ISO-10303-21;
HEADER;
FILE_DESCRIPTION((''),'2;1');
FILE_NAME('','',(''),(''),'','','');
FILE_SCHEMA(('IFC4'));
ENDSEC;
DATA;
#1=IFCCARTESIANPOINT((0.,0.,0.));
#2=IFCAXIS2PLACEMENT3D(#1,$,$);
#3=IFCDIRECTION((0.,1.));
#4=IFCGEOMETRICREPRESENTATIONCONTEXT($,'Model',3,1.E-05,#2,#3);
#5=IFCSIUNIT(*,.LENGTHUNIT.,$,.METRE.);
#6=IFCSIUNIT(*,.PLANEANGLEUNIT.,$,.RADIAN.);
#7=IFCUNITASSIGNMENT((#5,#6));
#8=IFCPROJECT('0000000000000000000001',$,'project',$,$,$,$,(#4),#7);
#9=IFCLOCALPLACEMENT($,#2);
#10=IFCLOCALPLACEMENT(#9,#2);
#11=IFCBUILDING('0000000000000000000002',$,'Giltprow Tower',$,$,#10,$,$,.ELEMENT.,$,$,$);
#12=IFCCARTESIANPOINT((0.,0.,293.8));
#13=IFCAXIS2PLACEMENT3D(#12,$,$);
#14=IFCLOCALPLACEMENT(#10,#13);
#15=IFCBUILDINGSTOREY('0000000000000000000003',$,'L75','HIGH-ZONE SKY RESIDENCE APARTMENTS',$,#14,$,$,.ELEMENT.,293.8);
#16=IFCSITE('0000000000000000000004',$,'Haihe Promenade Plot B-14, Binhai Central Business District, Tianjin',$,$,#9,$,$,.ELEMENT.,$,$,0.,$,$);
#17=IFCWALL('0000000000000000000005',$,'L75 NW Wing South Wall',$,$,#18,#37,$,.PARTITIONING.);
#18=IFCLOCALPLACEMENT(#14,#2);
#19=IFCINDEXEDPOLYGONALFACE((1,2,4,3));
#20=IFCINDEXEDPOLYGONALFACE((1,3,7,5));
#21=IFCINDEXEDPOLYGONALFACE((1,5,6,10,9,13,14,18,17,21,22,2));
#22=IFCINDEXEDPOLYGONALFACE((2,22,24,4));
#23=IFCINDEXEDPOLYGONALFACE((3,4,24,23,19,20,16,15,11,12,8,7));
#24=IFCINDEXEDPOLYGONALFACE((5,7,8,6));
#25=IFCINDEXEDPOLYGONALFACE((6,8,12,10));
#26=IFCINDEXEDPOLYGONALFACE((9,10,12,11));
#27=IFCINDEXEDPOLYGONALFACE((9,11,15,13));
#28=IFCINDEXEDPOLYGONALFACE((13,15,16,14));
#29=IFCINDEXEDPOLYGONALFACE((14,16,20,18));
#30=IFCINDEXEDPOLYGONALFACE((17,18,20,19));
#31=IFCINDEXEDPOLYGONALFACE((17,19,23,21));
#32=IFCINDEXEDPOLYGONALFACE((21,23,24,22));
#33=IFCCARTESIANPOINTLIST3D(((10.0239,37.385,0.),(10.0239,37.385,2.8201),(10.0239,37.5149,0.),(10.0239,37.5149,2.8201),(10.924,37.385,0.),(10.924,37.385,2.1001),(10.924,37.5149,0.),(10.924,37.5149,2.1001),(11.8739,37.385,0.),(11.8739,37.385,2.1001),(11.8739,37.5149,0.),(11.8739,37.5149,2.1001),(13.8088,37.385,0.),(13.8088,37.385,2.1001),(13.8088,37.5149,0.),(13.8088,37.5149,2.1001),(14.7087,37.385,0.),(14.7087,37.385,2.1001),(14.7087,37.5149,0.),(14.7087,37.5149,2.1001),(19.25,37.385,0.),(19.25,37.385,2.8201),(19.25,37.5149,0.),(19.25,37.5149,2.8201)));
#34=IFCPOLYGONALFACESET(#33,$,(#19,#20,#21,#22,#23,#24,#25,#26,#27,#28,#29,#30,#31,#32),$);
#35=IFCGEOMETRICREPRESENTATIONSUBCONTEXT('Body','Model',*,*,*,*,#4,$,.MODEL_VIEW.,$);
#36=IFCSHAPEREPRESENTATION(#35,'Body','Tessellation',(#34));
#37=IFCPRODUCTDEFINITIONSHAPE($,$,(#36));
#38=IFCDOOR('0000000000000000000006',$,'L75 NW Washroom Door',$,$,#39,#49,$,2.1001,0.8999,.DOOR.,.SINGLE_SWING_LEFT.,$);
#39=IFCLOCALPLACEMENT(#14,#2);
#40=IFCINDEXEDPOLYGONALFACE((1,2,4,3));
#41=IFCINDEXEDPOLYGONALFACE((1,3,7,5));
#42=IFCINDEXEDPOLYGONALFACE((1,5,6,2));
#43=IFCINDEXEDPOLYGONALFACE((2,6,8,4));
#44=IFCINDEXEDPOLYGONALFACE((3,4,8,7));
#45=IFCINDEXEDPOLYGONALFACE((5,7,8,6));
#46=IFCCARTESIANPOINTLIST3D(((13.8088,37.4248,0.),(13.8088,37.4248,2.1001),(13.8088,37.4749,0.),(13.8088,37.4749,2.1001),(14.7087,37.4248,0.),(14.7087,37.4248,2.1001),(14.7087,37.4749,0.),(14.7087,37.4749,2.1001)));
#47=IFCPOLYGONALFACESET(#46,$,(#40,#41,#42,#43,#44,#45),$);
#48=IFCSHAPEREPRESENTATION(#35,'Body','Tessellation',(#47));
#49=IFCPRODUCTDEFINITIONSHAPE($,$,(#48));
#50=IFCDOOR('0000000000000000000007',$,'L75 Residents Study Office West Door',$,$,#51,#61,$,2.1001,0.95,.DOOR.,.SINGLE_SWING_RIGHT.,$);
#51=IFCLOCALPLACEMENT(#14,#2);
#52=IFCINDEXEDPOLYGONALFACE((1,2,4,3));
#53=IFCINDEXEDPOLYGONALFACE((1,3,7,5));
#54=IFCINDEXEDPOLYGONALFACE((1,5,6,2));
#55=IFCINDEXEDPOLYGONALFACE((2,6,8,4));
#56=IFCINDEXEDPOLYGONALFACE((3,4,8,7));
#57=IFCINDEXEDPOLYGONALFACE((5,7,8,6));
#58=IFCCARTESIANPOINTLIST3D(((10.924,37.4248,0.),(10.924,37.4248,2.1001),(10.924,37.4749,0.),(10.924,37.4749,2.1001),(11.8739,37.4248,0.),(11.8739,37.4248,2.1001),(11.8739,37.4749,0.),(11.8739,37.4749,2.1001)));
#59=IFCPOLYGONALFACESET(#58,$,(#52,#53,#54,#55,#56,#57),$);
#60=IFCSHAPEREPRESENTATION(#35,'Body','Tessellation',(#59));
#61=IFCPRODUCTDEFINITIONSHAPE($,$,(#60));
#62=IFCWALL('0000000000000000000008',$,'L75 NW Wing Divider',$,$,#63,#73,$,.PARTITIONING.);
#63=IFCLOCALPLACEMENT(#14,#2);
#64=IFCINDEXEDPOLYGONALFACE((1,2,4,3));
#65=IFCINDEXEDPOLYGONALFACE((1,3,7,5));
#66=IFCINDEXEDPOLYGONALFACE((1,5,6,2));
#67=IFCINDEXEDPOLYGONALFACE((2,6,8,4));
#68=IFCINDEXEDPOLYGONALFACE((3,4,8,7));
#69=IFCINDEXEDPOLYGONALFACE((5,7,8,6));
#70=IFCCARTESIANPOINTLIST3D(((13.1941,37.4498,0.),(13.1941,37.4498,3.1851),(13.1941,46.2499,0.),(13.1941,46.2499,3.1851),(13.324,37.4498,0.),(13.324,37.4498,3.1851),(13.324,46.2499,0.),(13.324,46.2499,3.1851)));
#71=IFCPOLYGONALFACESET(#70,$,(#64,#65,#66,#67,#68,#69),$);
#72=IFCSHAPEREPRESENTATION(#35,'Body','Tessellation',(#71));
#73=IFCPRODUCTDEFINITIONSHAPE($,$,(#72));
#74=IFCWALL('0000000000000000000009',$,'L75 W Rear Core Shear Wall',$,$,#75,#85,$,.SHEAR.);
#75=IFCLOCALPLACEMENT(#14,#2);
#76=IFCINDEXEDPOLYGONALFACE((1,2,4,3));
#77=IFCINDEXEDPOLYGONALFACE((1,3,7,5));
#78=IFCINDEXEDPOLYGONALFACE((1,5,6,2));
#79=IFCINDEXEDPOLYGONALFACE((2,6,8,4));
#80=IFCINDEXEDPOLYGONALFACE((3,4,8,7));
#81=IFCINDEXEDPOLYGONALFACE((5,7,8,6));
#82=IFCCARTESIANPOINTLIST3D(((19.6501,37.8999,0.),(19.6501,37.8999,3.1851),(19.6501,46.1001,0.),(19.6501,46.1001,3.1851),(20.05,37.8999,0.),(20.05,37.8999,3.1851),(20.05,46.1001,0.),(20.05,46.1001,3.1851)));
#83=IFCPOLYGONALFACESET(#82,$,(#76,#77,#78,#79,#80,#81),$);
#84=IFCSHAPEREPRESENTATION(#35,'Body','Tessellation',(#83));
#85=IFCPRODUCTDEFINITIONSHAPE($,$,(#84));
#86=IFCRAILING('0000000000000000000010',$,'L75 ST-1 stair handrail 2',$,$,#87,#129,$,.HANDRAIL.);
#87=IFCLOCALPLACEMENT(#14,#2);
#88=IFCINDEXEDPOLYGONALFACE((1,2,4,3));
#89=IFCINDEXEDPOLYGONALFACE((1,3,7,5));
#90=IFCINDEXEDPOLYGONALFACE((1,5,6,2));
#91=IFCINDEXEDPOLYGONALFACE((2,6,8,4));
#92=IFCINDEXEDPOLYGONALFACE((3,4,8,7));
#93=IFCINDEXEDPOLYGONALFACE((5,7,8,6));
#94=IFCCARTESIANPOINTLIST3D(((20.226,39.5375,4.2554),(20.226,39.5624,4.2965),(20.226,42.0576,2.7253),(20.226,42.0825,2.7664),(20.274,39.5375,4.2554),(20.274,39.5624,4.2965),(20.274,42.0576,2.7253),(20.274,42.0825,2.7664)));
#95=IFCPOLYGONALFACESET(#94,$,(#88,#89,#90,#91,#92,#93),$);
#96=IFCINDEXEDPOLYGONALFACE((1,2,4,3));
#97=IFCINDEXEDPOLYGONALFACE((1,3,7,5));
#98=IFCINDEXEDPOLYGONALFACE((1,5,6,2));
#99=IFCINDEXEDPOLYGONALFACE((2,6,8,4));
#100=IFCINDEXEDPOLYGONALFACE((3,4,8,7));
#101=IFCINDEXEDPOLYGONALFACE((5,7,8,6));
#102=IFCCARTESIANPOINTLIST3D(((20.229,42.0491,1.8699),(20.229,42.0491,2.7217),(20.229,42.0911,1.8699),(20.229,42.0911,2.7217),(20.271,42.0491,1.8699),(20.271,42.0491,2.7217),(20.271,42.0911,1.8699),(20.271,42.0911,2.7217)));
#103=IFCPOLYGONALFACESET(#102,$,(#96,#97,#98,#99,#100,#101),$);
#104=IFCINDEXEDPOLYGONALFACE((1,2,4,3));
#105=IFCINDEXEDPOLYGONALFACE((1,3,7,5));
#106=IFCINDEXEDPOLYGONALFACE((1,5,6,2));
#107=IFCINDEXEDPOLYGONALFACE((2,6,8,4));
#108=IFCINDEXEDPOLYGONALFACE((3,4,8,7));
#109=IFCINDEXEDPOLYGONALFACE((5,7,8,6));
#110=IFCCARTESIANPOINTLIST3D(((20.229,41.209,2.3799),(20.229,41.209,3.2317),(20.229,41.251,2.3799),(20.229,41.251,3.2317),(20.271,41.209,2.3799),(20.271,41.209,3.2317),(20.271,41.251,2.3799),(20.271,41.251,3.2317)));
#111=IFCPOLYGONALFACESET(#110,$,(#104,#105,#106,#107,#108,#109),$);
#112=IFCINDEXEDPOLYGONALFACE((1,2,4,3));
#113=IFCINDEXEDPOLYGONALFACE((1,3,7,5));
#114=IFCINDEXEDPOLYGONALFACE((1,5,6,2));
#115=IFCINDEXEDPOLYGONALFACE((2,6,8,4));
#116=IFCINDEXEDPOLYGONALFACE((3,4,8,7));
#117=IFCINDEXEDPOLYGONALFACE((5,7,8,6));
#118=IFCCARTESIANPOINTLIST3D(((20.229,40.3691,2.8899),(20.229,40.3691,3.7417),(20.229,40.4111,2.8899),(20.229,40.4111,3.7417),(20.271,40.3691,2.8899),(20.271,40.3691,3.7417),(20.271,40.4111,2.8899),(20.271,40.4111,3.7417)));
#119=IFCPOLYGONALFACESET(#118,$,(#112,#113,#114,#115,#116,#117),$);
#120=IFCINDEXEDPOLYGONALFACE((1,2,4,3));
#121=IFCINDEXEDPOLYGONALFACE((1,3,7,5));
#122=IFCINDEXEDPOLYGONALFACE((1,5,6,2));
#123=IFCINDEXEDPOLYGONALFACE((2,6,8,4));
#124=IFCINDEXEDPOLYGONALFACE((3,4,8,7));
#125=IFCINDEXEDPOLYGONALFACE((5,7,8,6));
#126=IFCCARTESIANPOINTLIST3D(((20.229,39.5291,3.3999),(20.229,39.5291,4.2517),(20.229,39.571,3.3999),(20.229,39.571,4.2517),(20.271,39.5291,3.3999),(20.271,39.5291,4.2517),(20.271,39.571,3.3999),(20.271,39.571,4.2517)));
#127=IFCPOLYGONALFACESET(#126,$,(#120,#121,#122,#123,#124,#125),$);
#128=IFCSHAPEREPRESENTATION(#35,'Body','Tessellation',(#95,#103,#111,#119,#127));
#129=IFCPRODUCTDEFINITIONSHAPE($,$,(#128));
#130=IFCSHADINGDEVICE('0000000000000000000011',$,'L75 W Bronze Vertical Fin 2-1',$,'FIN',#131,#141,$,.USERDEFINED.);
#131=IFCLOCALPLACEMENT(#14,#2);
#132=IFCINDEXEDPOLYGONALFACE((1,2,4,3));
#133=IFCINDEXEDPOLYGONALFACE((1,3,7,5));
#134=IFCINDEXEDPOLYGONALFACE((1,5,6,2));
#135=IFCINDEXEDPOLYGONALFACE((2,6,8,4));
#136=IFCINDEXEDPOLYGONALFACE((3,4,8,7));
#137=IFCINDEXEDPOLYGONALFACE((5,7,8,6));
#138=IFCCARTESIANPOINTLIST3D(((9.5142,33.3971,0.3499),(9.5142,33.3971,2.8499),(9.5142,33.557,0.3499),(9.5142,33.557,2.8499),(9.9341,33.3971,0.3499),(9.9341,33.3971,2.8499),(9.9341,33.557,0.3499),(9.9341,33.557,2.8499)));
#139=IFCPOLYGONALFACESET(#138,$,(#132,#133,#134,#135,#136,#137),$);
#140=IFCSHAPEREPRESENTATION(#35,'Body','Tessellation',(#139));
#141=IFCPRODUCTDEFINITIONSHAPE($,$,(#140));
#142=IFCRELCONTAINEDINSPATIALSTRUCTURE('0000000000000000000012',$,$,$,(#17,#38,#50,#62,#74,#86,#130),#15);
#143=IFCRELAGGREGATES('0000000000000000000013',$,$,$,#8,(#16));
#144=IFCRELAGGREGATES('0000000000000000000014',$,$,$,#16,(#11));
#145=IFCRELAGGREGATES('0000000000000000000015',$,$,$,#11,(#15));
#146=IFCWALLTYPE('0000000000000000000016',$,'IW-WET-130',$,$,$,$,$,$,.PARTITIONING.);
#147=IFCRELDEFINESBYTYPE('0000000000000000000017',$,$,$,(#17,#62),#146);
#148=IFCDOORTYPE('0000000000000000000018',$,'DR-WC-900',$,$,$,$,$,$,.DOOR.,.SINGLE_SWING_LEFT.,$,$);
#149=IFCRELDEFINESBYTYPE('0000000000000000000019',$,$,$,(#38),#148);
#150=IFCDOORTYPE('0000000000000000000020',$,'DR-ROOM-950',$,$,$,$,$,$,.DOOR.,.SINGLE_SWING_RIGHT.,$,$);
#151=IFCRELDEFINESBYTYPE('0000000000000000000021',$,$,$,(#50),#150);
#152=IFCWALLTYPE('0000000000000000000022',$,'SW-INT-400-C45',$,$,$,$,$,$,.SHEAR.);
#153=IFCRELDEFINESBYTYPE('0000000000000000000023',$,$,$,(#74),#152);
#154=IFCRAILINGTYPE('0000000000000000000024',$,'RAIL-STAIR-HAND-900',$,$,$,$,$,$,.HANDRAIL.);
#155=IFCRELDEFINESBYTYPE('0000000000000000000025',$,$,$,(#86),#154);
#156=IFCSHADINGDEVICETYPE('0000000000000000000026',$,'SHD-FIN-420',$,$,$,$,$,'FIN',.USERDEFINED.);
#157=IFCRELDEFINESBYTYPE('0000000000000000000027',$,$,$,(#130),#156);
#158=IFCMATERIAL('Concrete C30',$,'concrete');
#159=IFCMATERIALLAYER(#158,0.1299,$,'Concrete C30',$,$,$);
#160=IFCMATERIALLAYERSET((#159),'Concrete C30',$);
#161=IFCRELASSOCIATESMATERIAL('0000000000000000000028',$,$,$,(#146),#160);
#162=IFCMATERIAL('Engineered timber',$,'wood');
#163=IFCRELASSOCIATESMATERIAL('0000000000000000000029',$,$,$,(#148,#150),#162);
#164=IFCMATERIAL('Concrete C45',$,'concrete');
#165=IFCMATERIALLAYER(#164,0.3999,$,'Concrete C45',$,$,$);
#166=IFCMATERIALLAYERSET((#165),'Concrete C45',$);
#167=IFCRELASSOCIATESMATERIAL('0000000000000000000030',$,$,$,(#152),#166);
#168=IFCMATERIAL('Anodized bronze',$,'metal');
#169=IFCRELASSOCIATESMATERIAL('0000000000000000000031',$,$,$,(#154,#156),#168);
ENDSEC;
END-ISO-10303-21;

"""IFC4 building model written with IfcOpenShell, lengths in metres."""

from ifc_helpers import new_model, si_unit, direction, frame, frame_2d, origin, origin_2d, place, context, subcontext, project, spatial, rectangle, extrude, source, transform, mapped, material, layer, layer_set, type_object, element, fill, save


model = new_model("IFC4")

# Units and contexts
model_context = context("Model", 3, precision=1e-05, world=origin(), true_north=direction((0.0, 1.0)))
body_context = subcontext(model_context, "Body", "Model", "MODEL_VIEW")
ifc_project = project(units=[si_unit("LENGTHUNIT", "METRE"), si_unit("PLANEANGLEUNIT", "RADIAN")], contexts=[model_context])

# Site, building, storey
site_placement = place(None, origin())
site = spatial("IfcSite", under=ifc_project, at=site_placement, Name="Haihe Promenade Plot B-14, Binhai Central Business District, Tianjin", CompositionType="ELEMENT", RefElevation=0.0)
building_placement = place(site_placement, origin())
building = spatial("IfcBuilding", under=site, at=building_placement, Name="Giltprow Tower", CompositionType="ELEMENT")
storey_placement = place(building_placement, frame((0.0, 0.0, 293.8)))
storey = spatial("IfcBuildingStorey", under=building, at=storey_placement, Name="L75", Description="HIGH-ZONE SKY RESIDENCE APARTMENTS", CompositionType="ELEMENT", Elevation=293.8)

# Shared definitions
ifc_material_1 = material(Name="Concrete C45", Category="concrete")

# Shared definitions
ifc_material_2 = material(Name="Engineered timber", Category="wood")

# Wall, openings, doors
ifc_material_3 = material(Name="Concrete C30", Category="concrete")
ifc_layer_1 = layer(ifc_material_3, 0.1299, Name="Concrete C30")
ifc_layer_set_1 = layer_set([ifc_layer_1], Name="Concrete C30")
wall_type_1 = type_object("IfcWallType", Name="IW-WET-130", PredefinedType="PARTITIONING", material=ifc_layer_set_1)
wall_1_placement = place(storey_placement, frame((10.0239, 37.45, 0.0), z_axis=(0.0, 0.0, 1.0), x_axis=(1.0, 0.0, 0.0)))
wall_1 = element("IfcWall", 1, at=wall_1_placement, inside=storey, type_object=wall_type_1, Name="L75 NW Wing South Wall", PredefinedType="PARTITIONING", context=body_context, shape_type="SweptSolid", body=[
    extrude(rectangle(XDim=9.2261, YDim=0.1299, at=frame_2d((4.613, 0.0))), origin(), (0.0, 0.0, 1.0), 2.8201),
])
opening_1_placement = place(wall_1_placement, frame((0.8999, 0.0, 0.0)))
opening_1 = element("IfcOpeningElement", 2, at=opening_1_placement, cuts=wall_1, PredefinedType="OPENING", context=body_context, shape_type="SweptSolid", body=[
    extrude(rectangle(XDim=0.95, YDim=2.1001, at=frame_2d((0.4751, 1.05))), frame((0.0, 0.075, 0.0), z_axis=(0.0, -1.0, 0.0), x_axis=(1.0, 0.0, 0.0)), (0.0, 0.0, 1.0), 0.1499),
])
opening_2_placement = place(wall_1_placement, frame((3.7849, 0.0, 0.0)))
opening_2 = element("IfcOpeningElement", 3, at=opening_2_placement, cuts=wall_1, PredefinedType="OPENING", context=body_context, shape_type="SweptSolid", body=[
    extrude(rectangle(XDim=0.8999, YDim=2.1001, at=frame_2d((0.45, 1.05))), frame((0.0, 0.075, 0.0), z_axis=(0.0, -1.0, 0.0), x_axis=(1.0, 0.0, 0.0)), (0.0, 0.0, 1.0), 0.1499),
])
door_type_1 = type_object("IfcDoorType", Name="DR-WC-900", OperationType="SINGLE_SWING_LEFT", PredefinedType="DOOR", material=ifc_material_2)
shared_shape_1 = source(origin(), body_context, "Body", "SweptSolid", [
    extrude(rectangle(XDim=0.8999, YDim=2.1001, at=frame_2d((0.45, 1.05))), frame((0.0, 0.0249, 0.0), z_axis=(0.0, -1.0, 0.0), x_axis=(1.0, 0.0, 0.0)), (0.0, 0.0, 1.0), 0.05),
])
door_1_placement = place(opening_2_placement, origin())
door_1 = element("IfcDoor", 4, at=door_1_placement, inside=storey, type_object=door_type_1, Name="L75 NW Washroom Door", OperationType="SINGLE_SWING_LEFT", OverallHeight=2.1001, OverallWidth=0.8999, PredefinedType="DOOR", context=body_context, shape_type="MappedRepresentation", body=[
    mapped(shared_shape_1, transform((0.0, 0.0, 0.0), x_axis=(1.0, 0.0, 0.0), y_axis=(0.0, 1.0, 0.0), z_axis=(0.0, 0.0, 1.0), scale=1.0)),
])
fill(opening_2, door_1)
door_type_2 = type_object("IfcDoorType", Name="DR-ROOM-950", OperationType="SINGLE_SWING_RIGHT", PredefinedType="DOOR", material=ifc_material_2)
shared_shape_2 = source(origin(), body_context, "Body", "SweptSolid", [
    extrude(rectangle(XDim=0.95, YDim=2.1001, at=frame_2d((0.4751, 1.05))), frame((0.0, 0.0249, 0.0), z_axis=(0.0, -1.0, 0.0), x_axis=(1.0, 0.0, 0.0)), (0.0, 0.0, 1.0), 0.05),
])
door_2_placement = place(opening_1_placement, origin())
door_2 = element("IfcDoor", 5, at=door_2_placement, inside=storey, type_object=door_type_2, Name="L75 Residents Study Office West Door", OperationType="SINGLE_SWING_RIGHT", OverallHeight=2.1001, OverallWidth=0.95, PredefinedType="DOOR", context=body_context, shape_type="MappedRepresentation", body=[
    mapped(shared_shape_2, transform((0.0, 0.0, 0.0), x_axis=(1.0, 0.0, 0.0), y_axis=(0.0, 1.0, 0.0), z_axis=(0.0, 0.0, 1.0), scale=1.0)),
])
fill(opening_1, door_2)

# Wall
wall_2_placement = place(storey_placement, frame((13.259, 37.45, 0.0), z_axis=(0.0, 0.0, 1.0), x_axis=(0.0, 1.0, 0.0)))
element("IfcWall", 6, at=wall_2_placement, inside=storey, type_object=wall_type_1, Name="L75 NW Wing Divider", PredefinedType="PARTITIONING", context=body_context, shape_type="SweptSolid", body=[
    extrude(rectangle(XDim=8.8, YDim=0.1299, at=frame_2d((4.3999, 0.0))), origin(), (0.0, 0.0, 1.0), 3.1851),
])

# Shared definitions
ifc_layer_2 = layer(ifc_material_1, 0.3999, Name="Concrete C45")
ifc_layer_set_2 = layer_set([ifc_layer_2], Name="Concrete C45")
wall_type_2 = type_object("IfcWallType", Name="SW-INT-400-C45", PredefinedType="SHEAR", material=ifc_layer_set_2)

# Wall
wall_3_placement = place(storey_placement, frame((19.8501, 37.8999, 0.0), z_axis=(0.0, 0.0, 1.0), x_axis=(0.0, 1.0, 0.0)))
element("IfcWall", 7, at=wall_3_placement, inside=storey, type_object=wall_type_2, Name="L75 W Rear Core Shear Wall", PredefinedType="SHEAR", context=body_context, shape_type="SweptSolid", body=[
    extrude(rectangle(XDim=8.2002, YDim=0.3999, at=frame_2d((4.1001, 0.0))), origin(), (0.0, 0.0, 1.0), 3.1851),
])

# Railing
ifc_material_4 = material(Name="Anodized bronze", Category="metal")
railing_type = type_object("IfcRailingType", Name="RAIL-STAIR-HAND-900", PredefinedType="HANDRAIL", material=ifc_material_4)
railing_placement = place(storey_placement, frame((20.25, 42.0701, 1.8699)))
element("IfcRailing", 8, at=railing_placement, inside=storey, type_object=railing_type, Name="L75 ST-1 stair handrail 2", PredefinedType="HANDRAIL", context=body_context, shape_type="SweptSolid", body=[
    extrude(rectangle(XDim=0.0481, YDim=0.0481, at=origin_2d()), frame((0.0, 0.0, 0.876), z_axis=(0.0, -0.854785, 0.518982), x_axis=(1.0, 0.0, 0.0)), (0.0, 0.0, 1.0), 2.9482),
    extrude(rectangle(XDim=0.042, YDim=0.042, at=origin_2d()), origin(), (0.0, 0.0, 1.0), 0.8518),
    extrude(rectangle(XDim=0.042, YDim=0.042, at=origin_2d()), frame((0.0, -0.8401, 0.51)), (0.0, 0.0, 1.0), 0.8518),
    extrude(rectangle(XDim=0.042, YDim=0.042, at=origin_2d()), frame((0.0, -1.6799, 1.02)), (0.0, 0.0, 1.0), 0.8518),
    extrude(rectangle(XDim=0.042, YDim=0.042, at=origin_2d()), frame((0.0, -2.52, 1.53)), (0.0, 0.0, 1.0), 0.8518),
])

# Shading device
shading_device_type = type_object("IfcShadingDeviceType", Name="SHD-FIN-420", ElementType="FIN", PredefinedType="USERDEFINED", material=ifc_material_4)
shared_shape_3 = source(origin(), body_context, "Body", "SweptSolid", [
    extrude(rectangle(XDim=0.4199, YDim=0.1599, at=origin_2d()), origin(), (0.0, 0.0, 1.0), 2.5),
])
shading_device_placement = place(storey_placement, frame((9.7241, 33.4771, 0.3499), z_axis=(0.0, 0.0, 1.0), x_axis=(1.0, 0.0, 0.0)))
element("IfcShadingDevice", 9, at=shading_device_placement, inside=storey, type_object=shading_device_type, Name="L75 W Bronze Vertical Fin 2-1", ObjectType="FIN", PredefinedType="USERDEFINED", context=body_context, shape_type="MappedRepresentation", body=[
    mapped(shared_shape_3, transform((0.0, 0.0, 0.0), x_axis=(1.0, 0.0, 0.0), y_axis=(0.0, 1.0, 0.0), z_axis=(0.0, 0.0, 1.0), scale=1.0)),
])

save(model, "model.ifc")
